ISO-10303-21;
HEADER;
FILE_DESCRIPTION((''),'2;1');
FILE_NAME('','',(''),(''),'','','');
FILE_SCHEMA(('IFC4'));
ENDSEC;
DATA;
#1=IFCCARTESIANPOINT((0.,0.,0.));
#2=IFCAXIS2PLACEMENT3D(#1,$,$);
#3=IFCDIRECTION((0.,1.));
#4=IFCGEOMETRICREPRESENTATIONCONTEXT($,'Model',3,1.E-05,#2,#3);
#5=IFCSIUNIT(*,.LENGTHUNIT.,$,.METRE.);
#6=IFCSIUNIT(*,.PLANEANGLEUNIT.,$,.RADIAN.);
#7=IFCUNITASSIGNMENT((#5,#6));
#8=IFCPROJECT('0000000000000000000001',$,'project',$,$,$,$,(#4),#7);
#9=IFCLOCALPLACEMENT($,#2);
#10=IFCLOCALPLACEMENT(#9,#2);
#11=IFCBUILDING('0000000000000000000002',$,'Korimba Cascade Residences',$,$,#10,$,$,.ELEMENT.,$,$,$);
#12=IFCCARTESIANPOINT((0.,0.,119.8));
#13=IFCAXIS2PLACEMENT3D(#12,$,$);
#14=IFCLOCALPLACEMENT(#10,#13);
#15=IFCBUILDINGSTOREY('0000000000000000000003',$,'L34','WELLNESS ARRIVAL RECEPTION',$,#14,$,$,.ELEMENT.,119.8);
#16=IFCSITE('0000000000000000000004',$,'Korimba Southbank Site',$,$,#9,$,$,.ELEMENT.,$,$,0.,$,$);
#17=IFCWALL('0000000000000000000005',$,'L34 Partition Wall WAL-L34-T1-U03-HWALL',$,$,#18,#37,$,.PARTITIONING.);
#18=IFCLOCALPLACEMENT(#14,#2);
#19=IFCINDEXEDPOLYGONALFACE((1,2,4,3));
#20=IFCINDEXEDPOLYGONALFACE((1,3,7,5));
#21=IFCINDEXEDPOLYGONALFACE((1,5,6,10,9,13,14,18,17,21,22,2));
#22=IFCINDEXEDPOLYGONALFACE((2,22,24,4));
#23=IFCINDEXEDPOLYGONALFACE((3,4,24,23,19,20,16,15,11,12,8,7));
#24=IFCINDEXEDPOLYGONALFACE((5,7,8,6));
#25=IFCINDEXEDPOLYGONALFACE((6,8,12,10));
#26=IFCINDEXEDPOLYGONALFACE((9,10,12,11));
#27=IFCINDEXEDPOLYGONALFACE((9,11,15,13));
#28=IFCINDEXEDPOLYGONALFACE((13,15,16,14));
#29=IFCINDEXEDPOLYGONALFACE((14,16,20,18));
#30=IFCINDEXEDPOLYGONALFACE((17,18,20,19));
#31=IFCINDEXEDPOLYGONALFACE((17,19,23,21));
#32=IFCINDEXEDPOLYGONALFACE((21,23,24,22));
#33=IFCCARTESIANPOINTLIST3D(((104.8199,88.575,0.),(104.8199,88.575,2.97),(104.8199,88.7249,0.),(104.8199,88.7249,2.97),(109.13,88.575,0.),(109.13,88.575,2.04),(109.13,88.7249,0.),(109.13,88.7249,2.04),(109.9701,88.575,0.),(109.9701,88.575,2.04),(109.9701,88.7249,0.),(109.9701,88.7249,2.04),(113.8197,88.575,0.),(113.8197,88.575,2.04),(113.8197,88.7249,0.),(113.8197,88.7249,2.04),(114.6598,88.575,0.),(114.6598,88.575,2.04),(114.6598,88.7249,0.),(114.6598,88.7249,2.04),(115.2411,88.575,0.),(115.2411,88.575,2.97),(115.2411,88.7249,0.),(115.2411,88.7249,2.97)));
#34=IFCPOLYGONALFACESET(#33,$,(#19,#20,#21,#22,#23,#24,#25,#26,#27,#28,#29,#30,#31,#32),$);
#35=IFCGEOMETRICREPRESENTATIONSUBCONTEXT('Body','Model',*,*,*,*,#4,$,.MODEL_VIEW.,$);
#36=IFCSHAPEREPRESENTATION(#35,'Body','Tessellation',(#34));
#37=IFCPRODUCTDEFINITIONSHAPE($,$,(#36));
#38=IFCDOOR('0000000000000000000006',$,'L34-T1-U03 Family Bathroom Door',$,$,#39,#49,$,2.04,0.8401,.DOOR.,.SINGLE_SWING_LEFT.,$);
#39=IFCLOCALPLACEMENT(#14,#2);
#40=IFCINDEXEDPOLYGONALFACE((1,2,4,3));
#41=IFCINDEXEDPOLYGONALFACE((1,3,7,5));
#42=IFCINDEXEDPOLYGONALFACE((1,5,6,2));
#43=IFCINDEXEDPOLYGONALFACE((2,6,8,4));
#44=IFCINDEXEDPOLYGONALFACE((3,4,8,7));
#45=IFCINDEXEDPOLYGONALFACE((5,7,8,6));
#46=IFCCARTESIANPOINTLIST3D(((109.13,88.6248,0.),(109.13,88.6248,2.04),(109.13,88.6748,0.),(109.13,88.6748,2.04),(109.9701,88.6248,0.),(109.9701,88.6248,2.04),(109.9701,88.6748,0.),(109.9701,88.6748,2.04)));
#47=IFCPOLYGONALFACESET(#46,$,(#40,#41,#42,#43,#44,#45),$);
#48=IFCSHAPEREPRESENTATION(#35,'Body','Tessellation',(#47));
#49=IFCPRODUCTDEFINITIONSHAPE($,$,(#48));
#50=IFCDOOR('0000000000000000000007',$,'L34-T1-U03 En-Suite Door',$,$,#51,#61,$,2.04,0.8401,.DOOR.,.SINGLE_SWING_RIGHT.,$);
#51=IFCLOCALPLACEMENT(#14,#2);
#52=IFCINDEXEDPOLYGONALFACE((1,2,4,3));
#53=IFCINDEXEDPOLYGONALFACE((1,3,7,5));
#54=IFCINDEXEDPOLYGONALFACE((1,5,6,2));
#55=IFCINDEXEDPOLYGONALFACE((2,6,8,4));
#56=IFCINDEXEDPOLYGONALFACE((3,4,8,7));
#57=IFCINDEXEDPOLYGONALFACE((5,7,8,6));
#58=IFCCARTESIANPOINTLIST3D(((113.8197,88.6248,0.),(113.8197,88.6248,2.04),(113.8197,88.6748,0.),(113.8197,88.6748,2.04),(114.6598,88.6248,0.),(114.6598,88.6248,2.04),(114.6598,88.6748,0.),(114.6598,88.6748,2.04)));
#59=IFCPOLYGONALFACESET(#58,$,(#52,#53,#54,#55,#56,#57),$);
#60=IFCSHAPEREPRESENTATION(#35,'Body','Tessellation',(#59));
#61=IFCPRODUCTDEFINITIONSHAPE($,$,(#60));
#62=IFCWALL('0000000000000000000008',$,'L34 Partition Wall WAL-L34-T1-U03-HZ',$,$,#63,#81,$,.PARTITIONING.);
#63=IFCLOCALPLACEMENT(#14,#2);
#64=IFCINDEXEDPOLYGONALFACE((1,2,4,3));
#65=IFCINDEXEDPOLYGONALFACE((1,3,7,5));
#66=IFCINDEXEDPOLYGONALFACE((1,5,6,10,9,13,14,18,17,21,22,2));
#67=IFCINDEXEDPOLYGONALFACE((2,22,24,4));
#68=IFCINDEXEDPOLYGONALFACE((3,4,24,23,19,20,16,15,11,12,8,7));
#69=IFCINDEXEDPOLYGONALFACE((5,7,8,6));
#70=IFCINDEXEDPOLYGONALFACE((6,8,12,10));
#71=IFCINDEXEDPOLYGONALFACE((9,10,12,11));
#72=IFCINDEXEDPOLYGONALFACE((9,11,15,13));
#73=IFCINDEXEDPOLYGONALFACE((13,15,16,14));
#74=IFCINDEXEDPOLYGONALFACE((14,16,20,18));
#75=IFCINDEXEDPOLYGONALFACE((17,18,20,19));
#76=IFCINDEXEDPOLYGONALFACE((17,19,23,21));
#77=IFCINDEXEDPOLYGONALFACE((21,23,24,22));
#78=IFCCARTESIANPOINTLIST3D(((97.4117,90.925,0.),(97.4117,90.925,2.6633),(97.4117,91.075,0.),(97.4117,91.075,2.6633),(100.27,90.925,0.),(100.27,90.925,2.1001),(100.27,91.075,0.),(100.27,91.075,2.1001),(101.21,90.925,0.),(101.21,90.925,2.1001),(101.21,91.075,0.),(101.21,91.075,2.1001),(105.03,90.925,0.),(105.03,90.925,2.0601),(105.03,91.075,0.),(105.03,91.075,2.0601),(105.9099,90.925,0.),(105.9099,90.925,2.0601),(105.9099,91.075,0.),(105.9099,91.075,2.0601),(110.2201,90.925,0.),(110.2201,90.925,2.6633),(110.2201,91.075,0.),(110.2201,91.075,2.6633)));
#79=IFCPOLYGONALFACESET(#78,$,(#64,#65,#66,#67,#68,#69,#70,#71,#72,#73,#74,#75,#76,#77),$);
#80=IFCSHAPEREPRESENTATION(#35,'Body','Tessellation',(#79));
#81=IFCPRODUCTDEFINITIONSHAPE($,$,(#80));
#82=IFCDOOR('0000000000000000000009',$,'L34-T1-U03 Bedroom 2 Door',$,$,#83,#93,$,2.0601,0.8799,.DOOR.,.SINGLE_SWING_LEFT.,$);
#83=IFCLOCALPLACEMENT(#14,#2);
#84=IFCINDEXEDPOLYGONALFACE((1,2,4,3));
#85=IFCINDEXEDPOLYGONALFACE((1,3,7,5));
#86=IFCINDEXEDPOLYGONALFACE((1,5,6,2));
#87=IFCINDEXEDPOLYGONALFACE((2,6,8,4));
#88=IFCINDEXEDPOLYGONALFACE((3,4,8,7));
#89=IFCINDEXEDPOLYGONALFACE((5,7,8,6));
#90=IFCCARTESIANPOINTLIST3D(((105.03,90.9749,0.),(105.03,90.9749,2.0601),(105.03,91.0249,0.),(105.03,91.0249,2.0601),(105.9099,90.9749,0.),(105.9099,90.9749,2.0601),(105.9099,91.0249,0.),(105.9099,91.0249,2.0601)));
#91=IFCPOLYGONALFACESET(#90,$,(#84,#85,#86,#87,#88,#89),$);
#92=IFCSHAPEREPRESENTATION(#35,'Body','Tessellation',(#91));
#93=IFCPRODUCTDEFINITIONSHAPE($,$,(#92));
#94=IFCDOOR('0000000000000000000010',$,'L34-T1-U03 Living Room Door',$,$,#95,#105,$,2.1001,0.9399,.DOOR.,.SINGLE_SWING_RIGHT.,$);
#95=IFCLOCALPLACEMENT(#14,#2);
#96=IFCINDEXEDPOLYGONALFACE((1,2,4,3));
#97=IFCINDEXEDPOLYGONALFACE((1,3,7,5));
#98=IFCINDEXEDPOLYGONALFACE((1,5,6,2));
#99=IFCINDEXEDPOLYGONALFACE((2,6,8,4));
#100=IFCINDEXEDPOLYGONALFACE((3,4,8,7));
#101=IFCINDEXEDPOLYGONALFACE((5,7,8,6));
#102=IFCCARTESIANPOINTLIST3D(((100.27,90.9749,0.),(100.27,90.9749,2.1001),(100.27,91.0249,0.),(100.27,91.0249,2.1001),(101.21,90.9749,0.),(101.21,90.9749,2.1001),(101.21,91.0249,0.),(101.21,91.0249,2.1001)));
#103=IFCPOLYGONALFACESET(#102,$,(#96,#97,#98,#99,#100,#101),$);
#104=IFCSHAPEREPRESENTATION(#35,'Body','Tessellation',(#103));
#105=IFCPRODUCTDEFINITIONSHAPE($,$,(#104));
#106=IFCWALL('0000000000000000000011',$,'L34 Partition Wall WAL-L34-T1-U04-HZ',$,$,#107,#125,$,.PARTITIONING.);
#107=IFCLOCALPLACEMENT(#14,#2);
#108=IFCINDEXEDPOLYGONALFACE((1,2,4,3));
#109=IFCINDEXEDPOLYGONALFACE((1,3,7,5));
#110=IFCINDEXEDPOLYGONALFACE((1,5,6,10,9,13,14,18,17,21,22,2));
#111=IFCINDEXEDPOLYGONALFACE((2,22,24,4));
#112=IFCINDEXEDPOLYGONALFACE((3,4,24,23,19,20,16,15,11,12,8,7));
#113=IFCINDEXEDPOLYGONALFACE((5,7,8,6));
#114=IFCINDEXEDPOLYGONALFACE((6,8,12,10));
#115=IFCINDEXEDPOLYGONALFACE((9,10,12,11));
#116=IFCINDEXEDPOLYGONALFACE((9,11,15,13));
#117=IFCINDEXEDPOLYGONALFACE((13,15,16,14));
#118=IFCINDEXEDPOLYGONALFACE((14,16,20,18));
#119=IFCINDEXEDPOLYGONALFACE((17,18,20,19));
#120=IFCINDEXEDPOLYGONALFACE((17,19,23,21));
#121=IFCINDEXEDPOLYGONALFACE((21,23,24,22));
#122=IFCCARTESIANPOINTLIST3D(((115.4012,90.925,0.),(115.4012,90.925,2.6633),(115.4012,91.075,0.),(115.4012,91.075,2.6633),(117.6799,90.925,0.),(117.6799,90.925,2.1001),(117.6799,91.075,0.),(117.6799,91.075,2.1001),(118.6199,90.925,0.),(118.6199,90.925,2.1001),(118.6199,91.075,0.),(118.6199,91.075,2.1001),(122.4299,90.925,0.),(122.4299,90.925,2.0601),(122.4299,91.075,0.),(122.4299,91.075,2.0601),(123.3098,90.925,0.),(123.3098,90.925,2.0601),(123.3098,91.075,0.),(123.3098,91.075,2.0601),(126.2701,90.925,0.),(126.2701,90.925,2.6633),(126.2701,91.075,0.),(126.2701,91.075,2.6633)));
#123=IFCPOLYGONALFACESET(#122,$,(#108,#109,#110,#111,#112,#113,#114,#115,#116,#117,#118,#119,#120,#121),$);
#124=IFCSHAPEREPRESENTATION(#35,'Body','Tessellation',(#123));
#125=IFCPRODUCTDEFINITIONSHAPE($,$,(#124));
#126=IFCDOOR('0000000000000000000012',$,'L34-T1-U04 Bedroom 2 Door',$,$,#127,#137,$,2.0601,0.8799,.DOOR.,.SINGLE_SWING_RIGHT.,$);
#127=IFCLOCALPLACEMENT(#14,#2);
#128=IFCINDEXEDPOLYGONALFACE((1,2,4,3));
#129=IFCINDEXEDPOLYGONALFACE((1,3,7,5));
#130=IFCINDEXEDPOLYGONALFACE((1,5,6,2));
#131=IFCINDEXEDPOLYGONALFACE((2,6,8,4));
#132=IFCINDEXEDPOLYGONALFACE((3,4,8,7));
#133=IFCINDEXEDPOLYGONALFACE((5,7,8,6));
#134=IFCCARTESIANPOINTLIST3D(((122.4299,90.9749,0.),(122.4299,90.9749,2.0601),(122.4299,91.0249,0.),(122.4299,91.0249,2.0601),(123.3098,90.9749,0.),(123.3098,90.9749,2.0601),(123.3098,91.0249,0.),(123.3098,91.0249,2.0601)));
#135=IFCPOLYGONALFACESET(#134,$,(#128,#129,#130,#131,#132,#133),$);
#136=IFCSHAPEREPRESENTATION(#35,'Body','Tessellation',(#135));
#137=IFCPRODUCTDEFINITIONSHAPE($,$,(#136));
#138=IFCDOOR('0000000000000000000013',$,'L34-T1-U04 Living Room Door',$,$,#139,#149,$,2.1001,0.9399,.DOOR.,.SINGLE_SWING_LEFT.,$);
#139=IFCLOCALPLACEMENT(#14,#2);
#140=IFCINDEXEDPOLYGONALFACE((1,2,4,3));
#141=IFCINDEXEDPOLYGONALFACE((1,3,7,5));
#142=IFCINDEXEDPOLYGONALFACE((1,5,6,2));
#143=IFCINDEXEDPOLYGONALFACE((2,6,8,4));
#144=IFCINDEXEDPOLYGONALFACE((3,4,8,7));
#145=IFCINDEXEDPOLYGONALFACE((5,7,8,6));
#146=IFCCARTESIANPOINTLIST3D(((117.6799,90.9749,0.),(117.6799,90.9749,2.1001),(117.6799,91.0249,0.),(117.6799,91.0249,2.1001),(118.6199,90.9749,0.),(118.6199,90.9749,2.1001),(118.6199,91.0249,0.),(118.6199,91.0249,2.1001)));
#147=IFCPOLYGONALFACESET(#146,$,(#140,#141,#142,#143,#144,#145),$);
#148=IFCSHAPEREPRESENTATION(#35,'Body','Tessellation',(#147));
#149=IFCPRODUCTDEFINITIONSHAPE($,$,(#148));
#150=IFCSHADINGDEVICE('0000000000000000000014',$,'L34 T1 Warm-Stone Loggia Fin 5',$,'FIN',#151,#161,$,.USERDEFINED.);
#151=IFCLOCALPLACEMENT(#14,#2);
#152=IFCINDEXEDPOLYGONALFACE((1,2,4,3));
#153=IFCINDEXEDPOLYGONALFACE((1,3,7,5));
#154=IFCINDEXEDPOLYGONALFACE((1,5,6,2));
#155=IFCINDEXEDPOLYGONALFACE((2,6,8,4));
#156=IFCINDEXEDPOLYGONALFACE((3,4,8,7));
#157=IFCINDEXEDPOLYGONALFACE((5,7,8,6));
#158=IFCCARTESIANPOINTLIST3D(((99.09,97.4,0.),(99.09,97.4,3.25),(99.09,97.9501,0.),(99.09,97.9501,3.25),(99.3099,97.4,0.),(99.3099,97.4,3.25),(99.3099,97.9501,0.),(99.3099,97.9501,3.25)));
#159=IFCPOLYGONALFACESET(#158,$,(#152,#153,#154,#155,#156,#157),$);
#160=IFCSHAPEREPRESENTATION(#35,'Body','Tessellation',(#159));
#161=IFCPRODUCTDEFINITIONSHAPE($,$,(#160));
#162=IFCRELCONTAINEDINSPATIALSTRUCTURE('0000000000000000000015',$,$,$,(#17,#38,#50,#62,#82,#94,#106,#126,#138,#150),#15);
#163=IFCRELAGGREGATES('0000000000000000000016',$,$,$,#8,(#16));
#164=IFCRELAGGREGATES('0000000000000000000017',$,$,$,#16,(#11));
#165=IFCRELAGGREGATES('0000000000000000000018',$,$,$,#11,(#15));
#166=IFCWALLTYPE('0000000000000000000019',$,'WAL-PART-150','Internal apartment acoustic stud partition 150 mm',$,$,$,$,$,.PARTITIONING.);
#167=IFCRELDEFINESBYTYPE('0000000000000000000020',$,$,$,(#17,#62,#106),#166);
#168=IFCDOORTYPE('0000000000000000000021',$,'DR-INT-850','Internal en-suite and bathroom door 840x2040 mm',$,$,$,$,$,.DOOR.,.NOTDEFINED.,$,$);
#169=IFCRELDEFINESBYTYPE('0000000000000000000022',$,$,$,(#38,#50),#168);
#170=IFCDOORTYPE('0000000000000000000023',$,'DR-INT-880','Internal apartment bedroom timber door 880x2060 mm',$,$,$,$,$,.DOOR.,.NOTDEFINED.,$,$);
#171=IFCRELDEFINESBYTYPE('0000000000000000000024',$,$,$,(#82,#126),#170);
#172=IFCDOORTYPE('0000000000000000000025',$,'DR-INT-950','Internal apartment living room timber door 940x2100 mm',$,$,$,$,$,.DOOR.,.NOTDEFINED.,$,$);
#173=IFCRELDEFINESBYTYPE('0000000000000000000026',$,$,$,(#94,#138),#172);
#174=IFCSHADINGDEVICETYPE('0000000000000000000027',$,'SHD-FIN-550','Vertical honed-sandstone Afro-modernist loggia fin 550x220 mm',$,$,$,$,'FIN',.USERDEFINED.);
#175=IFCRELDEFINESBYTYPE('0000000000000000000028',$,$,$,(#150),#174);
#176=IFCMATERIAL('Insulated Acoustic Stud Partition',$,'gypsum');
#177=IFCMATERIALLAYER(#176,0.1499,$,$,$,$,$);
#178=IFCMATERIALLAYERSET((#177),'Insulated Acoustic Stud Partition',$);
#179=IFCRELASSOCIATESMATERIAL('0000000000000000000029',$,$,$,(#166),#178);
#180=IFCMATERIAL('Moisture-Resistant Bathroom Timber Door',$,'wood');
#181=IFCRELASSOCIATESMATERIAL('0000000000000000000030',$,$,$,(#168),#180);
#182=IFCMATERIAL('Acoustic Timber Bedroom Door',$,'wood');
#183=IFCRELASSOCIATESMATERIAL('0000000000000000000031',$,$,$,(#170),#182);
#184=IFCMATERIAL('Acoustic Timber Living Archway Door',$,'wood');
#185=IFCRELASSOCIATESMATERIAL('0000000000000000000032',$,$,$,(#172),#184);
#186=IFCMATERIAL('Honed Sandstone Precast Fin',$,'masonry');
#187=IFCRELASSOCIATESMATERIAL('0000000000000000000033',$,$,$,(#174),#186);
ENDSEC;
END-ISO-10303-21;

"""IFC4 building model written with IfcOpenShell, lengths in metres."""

from ifc_helpers import new_model, si_unit, direction, frame, frame_2d, origin, origin_2d, place, context, subcontext, project, spatial, rectangle, extrude, material, layer, layer_set, type_object, element, fill, save


model = new_model("IFC4")

# Units and contexts
model_context = context("Model", 3, precision=1e-05, world=origin(), true_north=direction((0.0, 1.0)))
body_context = subcontext(model_context, "Body", "Model", "MODEL_VIEW")
ifc_project = project(units=[si_unit("LENGTHUNIT", "METRE"), si_unit("PLANEANGLEUNIT", "RADIAN")], contexts=[model_context])

# Site, building, storey
site_placement = place(None, origin())
site = spatial("IfcSite", under=ifc_project, at=site_placement, Name="Korimba Southbank Site", CompositionType="ELEMENT", RefElevation=0.0)
building_placement = place(site_placement, origin())
building = spatial("IfcBuilding", under=site, at=building_placement, Name="Korimba Cascade Residences", CompositionType="ELEMENT")
storey_placement = place(building_placement, frame((0.0, 0.0, 119.8)))
storey = spatial("IfcBuildingStorey", under=building, at=storey_placement, Name="L34", Description="WELLNESS ARRIVAL RECEPTION", CompositionType="ELEMENT", Elevation=119.8)

# Shared definitions
ifc_material_1 = material(Name="Insulated Acoustic Stud Partition", Category="gypsum")
ifc_layer = layer(ifc_material_1, 0.1499)
ifc_layer_set = layer_set([ifc_layer], Name="Insulated Acoustic Stud Partition")
wall_type = type_object("IfcWallType", Name="WAL-PART-150", Description="Internal apartment acoustic stud partition 150 mm", PredefinedType="PARTITIONING", material=ifc_layer_set)

# Walls, openings, doors
wall_1_placement = place(storey_placement, frame((104.8201, 88.6499, 0.0), z_axis=(0.0, 0.0, 1.0), x_axis=(1.0, 0.0, 0.0)))
wall_1 = element("IfcWall", 1, at=wall_1_placement, inside=storey, type_object=wall_type, Name="L34 Partition Wall WAL-L34-T1-U03-HWALL", PredefinedType="PARTITIONING", context=body_context, shape_type="SweptSolid", body=[
    extrude(rectangle(XDim=10.4211, YDim=0.1499, at=frame_2d((5.2104, 0.0))), origin(), (0.0, 0.0, 1.0), 2.97),
])
opening_1_placement = place(wall_1_placement, frame((4.3101, 0.0, 0.0)))
opening_1 = element("IfcOpeningElement", 2, at=opening_1_placement, cuts=wall_1, PredefinedType="OPENING", context=body_context, shape_type="SweptSolid", body=[
    extrude(rectangle(XDim=0.8401, YDim=2.04, at=frame_2d((0.4199, 1.02))), frame((0.0, 0.085, 0.0), z_axis=(0.0, -1.0, 0.0), x_axis=(1.0, 0.0, 0.0)), (0.0, 0.0, 1.0), 0.1699),
])
opening_2_placement = place(wall_1_placement, frame((8.9998, 0.0, 0.0)))
opening_2 = element("IfcOpeningElement", 3, at=opening_2_placement, cuts=wall_1, PredefinedType="OPENING", context=body_context, shape_type="SweptSolid", body=[
    extrude(rectangle(XDim=0.8401, YDim=2.04, at=frame_2d((0.4199, 1.02))), frame((0.0, 0.085, 0.0), z_axis=(0.0, -1.0, 0.0), x_axis=(1.0, 0.0, 0.0)), (0.0, 0.0, 1.0), 0.1699),
])
ifc_material_2 = material(Name="Moisture-Resistant Bathroom Timber Door", Category="wood")
door_type_1 = type_object("IfcDoorType", Name="DR-INT-850", Description="Internal en-suite and bathroom door 840x2040 mm", OperationType="NOTDEFINED", PredefinedType="DOOR", material=ifc_material_2)
door_1_placement = place(opening_1_placement, origin())
door_1 = element("IfcDoor", 4, at=door_1_placement, inside=storey, type_object=door_type_1, Name="L34-T1-U03 Family Bathroom Door", OperationType="SINGLE_SWING_LEFT", OverallHeight=2.04, OverallWidth=0.8401, PredefinedType="DOOR", context=body_context, shape_type="SweptSolid", body=[
    extrude(rectangle(XDim=0.8401, YDim=2.04, at=frame_2d((0.4199, 1.02))), frame((0.0, 0.0249, 0.0), z_axis=(0.0, -1.0, 0.0), x_axis=(1.0, 0.0, 0.0)), (0.0, 0.0, 1.0), 0.05),
])
fill(opening_1, door_1)
door_2_placement = place(opening_2_placement, origin())
door_2 = element("IfcDoor", 5, at=door_2_placement, inside=storey, type_object=door_type_1, Name="L34-T1-U03 En-Suite Door", OperationType="SINGLE_SWING_RIGHT", OverallHeight=2.04, OverallWidth=0.8401, PredefinedType="DOOR", context=body_context, shape_type="SweptSolid", body=[
    extrude(rectangle(XDim=0.8401, YDim=2.04, at=frame_2d((0.4199, 1.02))), frame((0.0, 0.0249, 0.0), z_axis=(0.0, -1.0, 0.0), x_axis=(1.0, 0.0, 0.0)), (0.0, 0.0, 1.0), 0.05),
])
fill(opening_2, door_2)
wall_2_placement = place(storey_placement, frame((97.4116, 91.0, 0.0), z_axis=(0.0, 0.0, 1.0), x_axis=(1.0, 0.0, 0.0)))
wall_2 = element("IfcWall", 6, at=wall_2_placement, inside=storey, type_object=wall_type, Name="L34 Partition Wall WAL-L34-T1-U03-HZ", PredefinedType="PARTITIONING", context=body_context, shape_type="SweptSolid", body=[
    extrude(rectangle(XDim=12.8083, YDim=0.1499, at=frame_2d((6.4043, 0.0))), origin(), (0.0, 0.0, 1.0), 2.6633),
])
opening_3_placement = place(wall_2_placement, frame((2.8584, 0.0, 0.0)))
opening_3 = element("IfcOpeningElement", 7, at=opening_3_placement, cuts=wall_2, PredefinedType="OPENING", context=body_context, shape_type="SweptSolid", body=[
    extrude(rectangle(XDim=0.9399, YDim=2.1001, at=frame_2d((0.47, 1.05))), frame((0.0, 0.085, 0.0), z_axis=(0.0, -1.0, 0.0), x_axis=(1.0, 0.0, 0.0)), (0.0, 0.0, 1.0), 0.1699),
])
opening_4_placement = place(wall_2_placement, frame((7.6184, 0.0, 0.0)))
opening_4 = element("IfcOpeningElement", 8, at=opening_4_placement, cuts=wall_2, PredefinedType="OPENING", context=body_context, shape_type="SweptSolid", body=[
    extrude(rectangle(XDim=0.8799, YDim=2.0601, at=frame_2d((0.4399, 1.03))), frame((0.0, 0.085, 0.0), z_axis=(0.0, -1.0, 0.0), x_axis=(1.0, 0.0, 0.0)), (0.0, 0.0, 1.0), 0.1699),
])
ifc_material_3 = material(Name="Acoustic Timber Bedroom Door", Category="wood")
door_type_2 = type_object("IfcDoorType", Name="DR-INT-880", Description="Internal apartment bedroom timber door 880x2060 mm", OperationType="NOTDEFINED", PredefinedType="DOOR", material=ifc_material_3)
door_3_placement = place(opening_4_placement, origin())
door_3 = element("IfcDoor", 9, at=door_3_placement, inside=storey, type_object=door_type_2, Name="L34-T1-U03 Bedroom 2 Door", OperationType="SINGLE_SWING_LEFT", OverallHeight=2.0601, OverallWidth=0.8799, PredefinedType="DOOR", context=body_context, shape_type="SweptSolid", body=[
    extrude(rectangle(XDim=0.8799, YDim=2.0601, at=frame_2d((0.4399, 1.03))), frame((0.0, 0.0249, 0.0), z_axis=(0.0, -1.0, 0.0), x_axis=(1.0, 0.0, 0.0)), (0.0, 0.0, 1.0), 0.05),
])
fill(opening_4, door_3)
ifc_material_4 = material(Name="Acoustic Timber Living Archway Door", Category="wood")
door_type_3 = type_object("IfcDoorType", Name="DR-INT-950", Description="Internal apartment living room timber door 940x2100 mm", OperationType="NOTDEFINED", PredefinedType="DOOR", material=ifc_material_4)
door_4_placement = place(opening_3_placement, origin())
door_4 = element("IfcDoor", 10, at=door_4_placement, inside=storey, type_object=door_type_3, Name="L34-T1-U03 Living Room Door", OperationType="SINGLE_SWING_RIGHT", OverallHeight=2.1001, OverallWidth=0.9399, PredefinedType="DOOR", context=body_context, shape_type="SweptSolid", body=[
    extrude(rectangle(XDim=0.9399, YDim=2.1001, at=frame_2d((0.47, 1.05))), frame((0.0, 0.0249, 0.0), z_axis=(0.0, -1.0, 0.0), x_axis=(1.0, 0.0, 0.0)), (0.0, 0.0, 1.0), 0.05),
])
fill(opening_3, door_4)
wall_3_placement = place(storey_placement, frame((115.4011, 91.0, 0.0), z_axis=(0.0, 0.0, 1.0), x_axis=(1.0, 0.0, 0.0)))
wall_3 = element("IfcWall", 11, at=wall_3_placement, inside=storey, type_object=wall_type, Name="L34 Partition Wall WAL-L34-T1-U04-HZ", PredefinedType="PARTITIONING", context=body_context, shape_type="SweptSolid", body=[
    extrude(rectangle(XDim=10.8689, YDim=0.1499, at=frame_2d((5.4346, 0.0))), origin(), (0.0, 0.0, 1.0), 2.6633),
])
opening_5_placement = place(wall_3_placement, frame((2.2788, 0.0, 0.0)))
opening_5 = element("IfcOpeningElement", 12, at=opening_5_placement, cuts=wall_3, PredefinedType="OPENING", context=body_context, shape_type="SweptSolid", body=[
    extrude(rectangle(XDim=0.9399, YDim=2.1001, at=frame_2d((0.47, 1.05))), frame((0.0, 0.085, 0.0), z_axis=(0.0, -1.0, 0.0), x_axis=(1.0, 0.0, 0.0)), (0.0, 0.0, 1.0), 0.1699),
])
opening_6_placement = place(wall_3_placement, frame((7.0288, 0.0, 0.0)))
opening_6 = element("IfcOpeningElement", 13, at=opening_6_placement, cuts=wall_3, PredefinedType="OPENING", context=body_context, shape_type="SweptSolid", body=[
    extrude(rectangle(XDim=0.8799, YDim=2.0601, at=frame_2d((0.4399, 1.03))), frame((0.0, 0.085, 0.0), z_axis=(0.0, -1.0, 0.0), x_axis=(1.0, 0.0, 0.0)), (0.0, 0.0, 1.0), 0.1699),
])
door_5_placement = place(opening_6_placement, origin())
door_5 = element("IfcDoor", 14, at=door_5_placement, inside=storey, type_object=door_type_2, Name="L34-T1-U04 Bedroom 2 Door", OperationType="SINGLE_SWING_RIGHT", OverallHeight=2.0601, OverallWidth=0.8799, PredefinedType="DOOR", context=body_context, shape_type="SweptSolid", body=[
    extrude(rectangle(XDim=0.8799, YDim=2.0601, at=frame_2d((0.4399, 1.03))), frame((0.0, 0.0249, 0.0), z_axis=(0.0, -1.0, 0.0), x_axis=(1.0, 0.0, 0.0)), (0.0, 0.0, 1.0), 0.05),
])
fill(opening_6, door_5)
door_6_placement = place(opening_5_placement, origin())
door_6 = element("IfcDoor", 15, at=door_6_placement, inside=storey, type_object=door_type_3, Name="L34-T1-U04 Living Room Door", OperationType="SINGLE_SWING_LEFT", OverallHeight=2.1001, OverallWidth=0.9399, PredefinedType="DOOR", context=body_context, shape_type="SweptSolid", body=[
    extrude(rectangle(XDim=0.9399, YDim=2.1001, at=frame_2d((0.47, 1.05))), frame((0.0, 0.0249, 0.0), z_axis=(0.0, -1.0, 0.0), x_axis=(1.0, 0.0, 0.0)), (0.0, 0.0, 1.0), 0.05),
])
fill(opening_5, door_6)

# Shading device
ifc_material_5 = material(Name="Honed Sandstone Precast Fin", Category="masonry")
shading_device_type = type_object("IfcShadingDeviceType", Name="SHD-FIN-550", Description="Vertical honed-sandstone Afro-modernist loggia fin 550x220 mm", ElementType="FIN", PredefinedType="USERDEFINED", material=ifc_material_5)
for number, where, z_axis, x_axis, name in (
    (16, (99.2, 97.675, 0.0), (0.0, 0.0, 1.0), (1.0, 0.0, 0.0), "L34 T1 Warm-Stone Loggia Fin 5"),
):
    element("IfcShadingDevice", number, at=place(storey_placement, frame(where, z_axis=z_axis, x_axis=x_axis)), inside=storey, type_object=shading_device_type, Name=name, ObjectType="FIN", PredefinedType="USERDEFINED", context=body_context, shape_type="SweptSolid", body=[
        extrude(rectangle(XDim=0.22, YDim=0.55, at=origin_2d()), origin(), (0.0, 0.0, 1.0), 3.25),
    ])

save(model, "model.ifc")
